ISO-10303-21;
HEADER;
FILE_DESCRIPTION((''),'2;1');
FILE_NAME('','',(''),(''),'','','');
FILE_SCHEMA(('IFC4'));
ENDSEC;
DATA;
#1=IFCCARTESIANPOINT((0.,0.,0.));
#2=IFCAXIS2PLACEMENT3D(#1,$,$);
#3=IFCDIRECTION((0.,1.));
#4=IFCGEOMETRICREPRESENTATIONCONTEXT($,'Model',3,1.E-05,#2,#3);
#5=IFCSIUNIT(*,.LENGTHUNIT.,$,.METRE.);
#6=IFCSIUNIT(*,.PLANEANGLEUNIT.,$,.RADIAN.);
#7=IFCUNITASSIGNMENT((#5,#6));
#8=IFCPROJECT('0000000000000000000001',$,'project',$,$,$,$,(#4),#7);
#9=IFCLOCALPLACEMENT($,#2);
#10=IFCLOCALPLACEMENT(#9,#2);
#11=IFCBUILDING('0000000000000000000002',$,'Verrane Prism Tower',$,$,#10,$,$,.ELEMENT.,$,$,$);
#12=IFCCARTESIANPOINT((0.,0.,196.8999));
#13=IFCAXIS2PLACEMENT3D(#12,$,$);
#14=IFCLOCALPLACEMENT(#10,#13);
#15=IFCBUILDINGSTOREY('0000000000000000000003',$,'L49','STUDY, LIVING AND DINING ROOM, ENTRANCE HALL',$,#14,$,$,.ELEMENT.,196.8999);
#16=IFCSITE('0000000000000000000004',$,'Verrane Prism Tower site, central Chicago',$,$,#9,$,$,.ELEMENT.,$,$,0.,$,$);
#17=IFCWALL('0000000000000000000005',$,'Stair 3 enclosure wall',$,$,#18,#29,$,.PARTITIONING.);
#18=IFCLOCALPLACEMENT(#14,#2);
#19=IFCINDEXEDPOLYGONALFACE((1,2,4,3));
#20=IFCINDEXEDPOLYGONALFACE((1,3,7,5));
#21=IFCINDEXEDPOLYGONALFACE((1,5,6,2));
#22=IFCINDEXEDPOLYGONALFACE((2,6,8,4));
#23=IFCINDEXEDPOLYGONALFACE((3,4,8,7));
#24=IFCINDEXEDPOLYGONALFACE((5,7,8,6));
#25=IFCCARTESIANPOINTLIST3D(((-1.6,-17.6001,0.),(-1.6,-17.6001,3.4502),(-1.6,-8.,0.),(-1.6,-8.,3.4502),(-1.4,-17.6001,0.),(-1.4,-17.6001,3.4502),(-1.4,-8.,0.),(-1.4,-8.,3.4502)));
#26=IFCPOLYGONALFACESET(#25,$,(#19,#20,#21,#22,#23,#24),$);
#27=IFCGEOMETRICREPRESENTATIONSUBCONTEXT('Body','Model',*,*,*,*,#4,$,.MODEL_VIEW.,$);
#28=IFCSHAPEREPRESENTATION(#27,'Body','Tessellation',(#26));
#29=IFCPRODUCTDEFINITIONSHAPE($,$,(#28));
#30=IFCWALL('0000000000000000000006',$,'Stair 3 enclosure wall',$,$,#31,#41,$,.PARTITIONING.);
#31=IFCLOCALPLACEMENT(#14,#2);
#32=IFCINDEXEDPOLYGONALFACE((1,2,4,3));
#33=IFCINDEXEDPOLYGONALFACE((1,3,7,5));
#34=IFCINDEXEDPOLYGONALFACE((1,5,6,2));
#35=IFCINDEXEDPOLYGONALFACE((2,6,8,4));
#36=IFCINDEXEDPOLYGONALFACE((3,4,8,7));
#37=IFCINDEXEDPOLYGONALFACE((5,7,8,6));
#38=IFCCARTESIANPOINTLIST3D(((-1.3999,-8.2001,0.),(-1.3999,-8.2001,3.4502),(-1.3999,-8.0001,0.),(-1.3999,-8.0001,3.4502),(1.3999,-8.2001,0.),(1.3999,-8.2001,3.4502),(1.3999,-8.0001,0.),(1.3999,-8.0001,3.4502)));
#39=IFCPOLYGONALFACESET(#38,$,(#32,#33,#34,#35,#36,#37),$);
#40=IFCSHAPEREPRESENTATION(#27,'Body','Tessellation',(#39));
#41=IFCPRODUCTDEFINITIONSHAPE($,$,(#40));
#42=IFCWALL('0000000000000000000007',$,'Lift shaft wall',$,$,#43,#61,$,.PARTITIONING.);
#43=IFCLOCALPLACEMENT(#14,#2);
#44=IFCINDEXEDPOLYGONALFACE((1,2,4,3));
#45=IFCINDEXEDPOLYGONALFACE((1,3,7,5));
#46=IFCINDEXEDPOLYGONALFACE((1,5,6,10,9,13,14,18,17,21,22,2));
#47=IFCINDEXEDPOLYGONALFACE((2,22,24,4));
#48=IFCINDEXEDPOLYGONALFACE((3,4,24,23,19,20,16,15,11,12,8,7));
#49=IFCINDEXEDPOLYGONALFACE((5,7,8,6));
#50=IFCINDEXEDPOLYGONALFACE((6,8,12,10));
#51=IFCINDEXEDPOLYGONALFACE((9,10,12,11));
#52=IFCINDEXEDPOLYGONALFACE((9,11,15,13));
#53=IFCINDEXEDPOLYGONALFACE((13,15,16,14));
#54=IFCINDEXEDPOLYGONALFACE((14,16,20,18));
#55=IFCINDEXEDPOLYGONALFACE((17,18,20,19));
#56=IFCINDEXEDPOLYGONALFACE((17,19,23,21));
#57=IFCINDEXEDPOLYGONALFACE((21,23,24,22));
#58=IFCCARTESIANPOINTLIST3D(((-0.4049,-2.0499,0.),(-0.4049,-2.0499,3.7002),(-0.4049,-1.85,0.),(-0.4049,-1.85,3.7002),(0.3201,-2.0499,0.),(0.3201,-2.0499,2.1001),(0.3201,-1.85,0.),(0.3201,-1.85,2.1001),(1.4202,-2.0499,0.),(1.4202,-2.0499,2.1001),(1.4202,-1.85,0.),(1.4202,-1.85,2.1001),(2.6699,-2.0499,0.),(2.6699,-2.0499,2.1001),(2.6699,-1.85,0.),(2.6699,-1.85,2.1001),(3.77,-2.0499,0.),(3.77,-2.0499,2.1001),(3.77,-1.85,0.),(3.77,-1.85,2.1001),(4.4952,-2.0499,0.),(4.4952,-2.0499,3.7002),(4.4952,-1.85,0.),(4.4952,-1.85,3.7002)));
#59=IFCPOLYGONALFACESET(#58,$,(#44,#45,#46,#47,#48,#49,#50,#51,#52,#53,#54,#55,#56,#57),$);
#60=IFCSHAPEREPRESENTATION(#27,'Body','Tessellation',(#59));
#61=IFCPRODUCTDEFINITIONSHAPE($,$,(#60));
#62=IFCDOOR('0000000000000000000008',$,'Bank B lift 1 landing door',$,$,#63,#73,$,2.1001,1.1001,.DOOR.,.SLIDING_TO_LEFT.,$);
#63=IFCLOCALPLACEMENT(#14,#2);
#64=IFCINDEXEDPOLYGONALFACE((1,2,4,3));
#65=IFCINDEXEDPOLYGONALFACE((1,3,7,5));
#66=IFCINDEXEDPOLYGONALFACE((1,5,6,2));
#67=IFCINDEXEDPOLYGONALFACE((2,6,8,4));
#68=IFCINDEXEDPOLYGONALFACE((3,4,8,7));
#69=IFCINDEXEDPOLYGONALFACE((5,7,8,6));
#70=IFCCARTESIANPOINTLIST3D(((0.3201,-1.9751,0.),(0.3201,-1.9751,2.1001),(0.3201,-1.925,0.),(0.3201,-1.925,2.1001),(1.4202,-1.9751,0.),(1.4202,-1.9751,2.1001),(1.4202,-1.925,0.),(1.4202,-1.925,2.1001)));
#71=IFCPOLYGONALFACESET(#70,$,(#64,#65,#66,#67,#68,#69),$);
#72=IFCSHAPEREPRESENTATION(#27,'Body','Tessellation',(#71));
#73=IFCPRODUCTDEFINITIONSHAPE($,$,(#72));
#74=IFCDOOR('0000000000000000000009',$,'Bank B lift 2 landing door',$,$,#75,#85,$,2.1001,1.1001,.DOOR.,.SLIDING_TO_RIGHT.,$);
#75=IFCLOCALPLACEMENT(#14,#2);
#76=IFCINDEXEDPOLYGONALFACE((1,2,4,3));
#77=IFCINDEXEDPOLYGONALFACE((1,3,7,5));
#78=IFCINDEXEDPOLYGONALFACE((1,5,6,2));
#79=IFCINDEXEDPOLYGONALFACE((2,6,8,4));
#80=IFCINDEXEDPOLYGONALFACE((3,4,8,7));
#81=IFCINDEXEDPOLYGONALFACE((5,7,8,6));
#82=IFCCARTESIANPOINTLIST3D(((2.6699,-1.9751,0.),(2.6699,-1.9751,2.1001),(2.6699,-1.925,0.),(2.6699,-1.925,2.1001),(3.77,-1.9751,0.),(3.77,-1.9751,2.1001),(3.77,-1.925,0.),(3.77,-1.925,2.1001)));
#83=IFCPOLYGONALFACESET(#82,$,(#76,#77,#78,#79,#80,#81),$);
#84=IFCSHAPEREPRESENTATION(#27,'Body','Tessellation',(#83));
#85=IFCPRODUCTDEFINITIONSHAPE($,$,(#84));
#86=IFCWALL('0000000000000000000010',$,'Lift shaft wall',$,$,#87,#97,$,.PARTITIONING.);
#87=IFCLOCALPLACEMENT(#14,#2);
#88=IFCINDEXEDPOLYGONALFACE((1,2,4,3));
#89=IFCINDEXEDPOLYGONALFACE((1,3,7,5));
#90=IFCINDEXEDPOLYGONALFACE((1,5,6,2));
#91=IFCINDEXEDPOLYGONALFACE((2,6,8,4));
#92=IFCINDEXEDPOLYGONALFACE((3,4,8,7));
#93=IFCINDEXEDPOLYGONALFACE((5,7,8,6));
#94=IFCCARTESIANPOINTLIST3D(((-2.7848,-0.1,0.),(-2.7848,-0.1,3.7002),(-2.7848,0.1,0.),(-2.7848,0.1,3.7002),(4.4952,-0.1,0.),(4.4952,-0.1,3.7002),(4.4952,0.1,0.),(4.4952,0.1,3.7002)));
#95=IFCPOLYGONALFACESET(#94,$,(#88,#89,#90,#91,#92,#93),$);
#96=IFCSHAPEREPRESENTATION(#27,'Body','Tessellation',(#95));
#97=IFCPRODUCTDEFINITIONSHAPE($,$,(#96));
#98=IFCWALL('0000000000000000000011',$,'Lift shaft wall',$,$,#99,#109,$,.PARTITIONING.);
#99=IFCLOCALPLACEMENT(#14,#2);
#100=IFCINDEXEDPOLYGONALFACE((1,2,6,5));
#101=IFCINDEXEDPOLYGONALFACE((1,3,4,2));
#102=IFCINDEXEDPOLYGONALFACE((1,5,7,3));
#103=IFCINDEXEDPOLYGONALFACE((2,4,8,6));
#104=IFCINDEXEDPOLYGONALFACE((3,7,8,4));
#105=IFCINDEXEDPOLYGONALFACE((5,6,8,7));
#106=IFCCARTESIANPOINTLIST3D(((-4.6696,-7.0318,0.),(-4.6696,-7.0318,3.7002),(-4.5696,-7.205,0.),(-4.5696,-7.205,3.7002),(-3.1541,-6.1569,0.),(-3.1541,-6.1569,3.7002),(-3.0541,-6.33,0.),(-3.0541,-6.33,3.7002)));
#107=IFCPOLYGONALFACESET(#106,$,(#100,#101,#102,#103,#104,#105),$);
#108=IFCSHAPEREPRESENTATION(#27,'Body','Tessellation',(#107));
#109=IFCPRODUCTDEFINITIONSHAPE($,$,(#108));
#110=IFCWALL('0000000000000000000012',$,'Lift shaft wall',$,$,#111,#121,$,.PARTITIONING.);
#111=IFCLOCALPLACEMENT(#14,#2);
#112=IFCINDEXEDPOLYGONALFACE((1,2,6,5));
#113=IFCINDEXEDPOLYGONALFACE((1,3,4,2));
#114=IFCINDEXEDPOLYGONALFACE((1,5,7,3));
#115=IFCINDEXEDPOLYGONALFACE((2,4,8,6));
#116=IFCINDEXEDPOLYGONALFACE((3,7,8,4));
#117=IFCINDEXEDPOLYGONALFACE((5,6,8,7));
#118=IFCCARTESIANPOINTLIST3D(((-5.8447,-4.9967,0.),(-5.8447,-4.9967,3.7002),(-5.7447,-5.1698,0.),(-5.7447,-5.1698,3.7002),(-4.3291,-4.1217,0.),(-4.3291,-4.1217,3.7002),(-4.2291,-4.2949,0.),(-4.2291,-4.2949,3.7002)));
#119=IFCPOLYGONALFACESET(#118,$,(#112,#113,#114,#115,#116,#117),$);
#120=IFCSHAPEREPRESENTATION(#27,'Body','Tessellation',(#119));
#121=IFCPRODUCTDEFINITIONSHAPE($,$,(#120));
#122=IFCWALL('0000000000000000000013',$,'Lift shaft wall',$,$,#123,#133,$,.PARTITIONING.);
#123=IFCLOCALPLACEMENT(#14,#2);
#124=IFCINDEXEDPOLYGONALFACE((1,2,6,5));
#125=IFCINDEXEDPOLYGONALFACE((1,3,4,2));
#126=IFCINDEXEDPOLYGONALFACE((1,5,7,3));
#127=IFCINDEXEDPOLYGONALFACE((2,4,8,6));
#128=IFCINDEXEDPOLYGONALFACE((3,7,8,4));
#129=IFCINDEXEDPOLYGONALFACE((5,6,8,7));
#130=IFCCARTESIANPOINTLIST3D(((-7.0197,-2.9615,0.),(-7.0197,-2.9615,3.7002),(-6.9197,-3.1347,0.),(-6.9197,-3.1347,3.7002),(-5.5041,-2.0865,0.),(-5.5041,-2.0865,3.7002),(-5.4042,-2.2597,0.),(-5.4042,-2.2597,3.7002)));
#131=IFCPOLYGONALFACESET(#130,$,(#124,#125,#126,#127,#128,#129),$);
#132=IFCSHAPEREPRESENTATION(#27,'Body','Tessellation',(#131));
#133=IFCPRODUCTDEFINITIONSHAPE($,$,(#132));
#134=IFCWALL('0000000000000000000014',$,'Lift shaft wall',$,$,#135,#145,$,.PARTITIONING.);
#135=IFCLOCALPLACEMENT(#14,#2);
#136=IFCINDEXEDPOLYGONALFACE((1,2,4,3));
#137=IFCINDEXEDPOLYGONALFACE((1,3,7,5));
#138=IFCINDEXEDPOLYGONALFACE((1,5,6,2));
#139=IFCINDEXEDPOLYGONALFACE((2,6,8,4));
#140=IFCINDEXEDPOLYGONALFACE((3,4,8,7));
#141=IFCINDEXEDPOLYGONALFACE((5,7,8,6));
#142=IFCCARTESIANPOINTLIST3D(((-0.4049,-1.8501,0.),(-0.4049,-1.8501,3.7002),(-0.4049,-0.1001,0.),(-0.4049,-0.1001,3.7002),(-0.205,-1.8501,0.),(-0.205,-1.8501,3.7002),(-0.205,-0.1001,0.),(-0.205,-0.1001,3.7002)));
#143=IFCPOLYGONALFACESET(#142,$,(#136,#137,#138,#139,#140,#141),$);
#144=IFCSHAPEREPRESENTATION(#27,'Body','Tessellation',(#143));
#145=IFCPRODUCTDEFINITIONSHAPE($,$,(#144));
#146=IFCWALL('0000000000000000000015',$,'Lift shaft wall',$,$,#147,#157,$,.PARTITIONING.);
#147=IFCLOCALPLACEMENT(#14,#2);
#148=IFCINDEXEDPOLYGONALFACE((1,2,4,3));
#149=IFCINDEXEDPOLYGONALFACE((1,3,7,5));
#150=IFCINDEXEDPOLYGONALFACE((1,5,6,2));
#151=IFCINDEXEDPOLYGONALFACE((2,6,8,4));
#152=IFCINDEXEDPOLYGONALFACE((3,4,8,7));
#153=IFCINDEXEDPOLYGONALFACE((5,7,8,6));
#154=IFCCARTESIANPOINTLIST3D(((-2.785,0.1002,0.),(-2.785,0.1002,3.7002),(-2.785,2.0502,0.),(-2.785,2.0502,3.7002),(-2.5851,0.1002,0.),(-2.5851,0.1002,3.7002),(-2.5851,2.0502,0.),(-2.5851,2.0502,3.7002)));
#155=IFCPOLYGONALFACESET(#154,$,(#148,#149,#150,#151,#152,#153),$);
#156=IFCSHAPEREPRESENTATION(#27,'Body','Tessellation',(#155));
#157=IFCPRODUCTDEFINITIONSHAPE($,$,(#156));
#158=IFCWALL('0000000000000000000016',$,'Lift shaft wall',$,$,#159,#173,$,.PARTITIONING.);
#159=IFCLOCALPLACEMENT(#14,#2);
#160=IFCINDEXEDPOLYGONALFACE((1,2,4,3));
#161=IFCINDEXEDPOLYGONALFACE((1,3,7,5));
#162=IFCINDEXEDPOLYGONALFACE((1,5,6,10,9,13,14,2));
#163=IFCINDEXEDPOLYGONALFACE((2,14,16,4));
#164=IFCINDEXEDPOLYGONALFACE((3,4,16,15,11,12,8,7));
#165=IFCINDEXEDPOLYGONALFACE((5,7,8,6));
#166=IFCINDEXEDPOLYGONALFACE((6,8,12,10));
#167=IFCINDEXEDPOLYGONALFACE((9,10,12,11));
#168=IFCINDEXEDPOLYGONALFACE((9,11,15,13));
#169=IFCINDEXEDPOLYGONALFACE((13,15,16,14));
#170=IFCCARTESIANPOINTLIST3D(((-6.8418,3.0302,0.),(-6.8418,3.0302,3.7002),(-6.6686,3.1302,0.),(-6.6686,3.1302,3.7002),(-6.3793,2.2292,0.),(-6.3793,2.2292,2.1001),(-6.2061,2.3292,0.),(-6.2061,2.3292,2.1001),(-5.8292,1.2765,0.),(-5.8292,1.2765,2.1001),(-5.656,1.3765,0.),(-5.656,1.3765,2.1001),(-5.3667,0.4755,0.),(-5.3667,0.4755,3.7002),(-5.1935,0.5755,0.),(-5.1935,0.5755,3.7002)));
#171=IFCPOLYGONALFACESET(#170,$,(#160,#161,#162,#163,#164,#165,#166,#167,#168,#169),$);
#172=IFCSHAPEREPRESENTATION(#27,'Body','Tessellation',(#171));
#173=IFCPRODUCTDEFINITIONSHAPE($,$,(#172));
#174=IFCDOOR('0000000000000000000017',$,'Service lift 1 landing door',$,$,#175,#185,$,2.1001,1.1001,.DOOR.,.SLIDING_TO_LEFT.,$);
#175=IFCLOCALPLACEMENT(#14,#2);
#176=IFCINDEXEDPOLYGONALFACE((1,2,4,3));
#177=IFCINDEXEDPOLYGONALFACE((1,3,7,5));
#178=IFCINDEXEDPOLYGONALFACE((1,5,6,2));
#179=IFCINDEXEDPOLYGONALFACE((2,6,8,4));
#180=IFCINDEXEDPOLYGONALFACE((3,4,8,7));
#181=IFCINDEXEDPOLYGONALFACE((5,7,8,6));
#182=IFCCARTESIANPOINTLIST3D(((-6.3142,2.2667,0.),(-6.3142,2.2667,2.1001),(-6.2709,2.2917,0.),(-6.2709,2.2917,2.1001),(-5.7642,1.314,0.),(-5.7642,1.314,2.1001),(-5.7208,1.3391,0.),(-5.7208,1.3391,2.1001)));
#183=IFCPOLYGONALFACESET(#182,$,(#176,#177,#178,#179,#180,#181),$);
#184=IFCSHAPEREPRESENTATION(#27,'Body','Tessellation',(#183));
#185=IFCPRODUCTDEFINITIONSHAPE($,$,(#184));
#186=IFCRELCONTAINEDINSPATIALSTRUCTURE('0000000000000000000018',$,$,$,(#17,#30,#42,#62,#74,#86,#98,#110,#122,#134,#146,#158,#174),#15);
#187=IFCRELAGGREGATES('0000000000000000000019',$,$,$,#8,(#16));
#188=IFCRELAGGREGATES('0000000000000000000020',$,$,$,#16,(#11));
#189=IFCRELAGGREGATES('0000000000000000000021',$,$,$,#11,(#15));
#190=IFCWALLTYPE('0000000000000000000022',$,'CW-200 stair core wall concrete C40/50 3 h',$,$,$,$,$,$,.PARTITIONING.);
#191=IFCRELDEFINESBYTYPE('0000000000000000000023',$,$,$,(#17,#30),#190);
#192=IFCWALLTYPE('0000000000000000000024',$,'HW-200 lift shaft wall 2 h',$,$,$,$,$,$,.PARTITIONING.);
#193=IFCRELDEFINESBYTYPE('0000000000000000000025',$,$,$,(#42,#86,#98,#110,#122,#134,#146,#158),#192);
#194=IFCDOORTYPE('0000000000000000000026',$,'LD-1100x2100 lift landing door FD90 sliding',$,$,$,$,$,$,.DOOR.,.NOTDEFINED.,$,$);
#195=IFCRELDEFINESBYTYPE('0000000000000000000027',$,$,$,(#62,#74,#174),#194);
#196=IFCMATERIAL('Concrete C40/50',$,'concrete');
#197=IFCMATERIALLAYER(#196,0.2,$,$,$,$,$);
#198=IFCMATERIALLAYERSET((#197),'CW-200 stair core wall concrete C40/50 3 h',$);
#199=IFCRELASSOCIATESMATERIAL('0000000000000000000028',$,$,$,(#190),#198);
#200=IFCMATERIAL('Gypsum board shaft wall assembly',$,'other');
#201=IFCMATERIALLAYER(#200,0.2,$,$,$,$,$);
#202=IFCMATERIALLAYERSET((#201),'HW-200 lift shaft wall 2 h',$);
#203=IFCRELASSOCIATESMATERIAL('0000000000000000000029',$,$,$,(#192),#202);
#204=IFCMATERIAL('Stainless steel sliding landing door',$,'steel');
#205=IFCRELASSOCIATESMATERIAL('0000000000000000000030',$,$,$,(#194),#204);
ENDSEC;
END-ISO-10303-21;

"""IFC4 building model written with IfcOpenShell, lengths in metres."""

from ifc_helpers import new_model, si_unit, direction, frame, frame_2d, origin, place, context, subcontext, project, spatial, rectangle, extrude, material, layer, layer_set, type_object, element, fill, save


model = new_model("IFC4")

# Units and contexts
model_context = context("Model", 3, precision=1e-05, world=origin(), true_north=direction((0.0, 1.0)))
body_context = subcontext(model_context, "Body", "Model", "MODEL_VIEW")
ifc_project = project(units=[si_unit("LENGTHUNIT", "METRE"), si_unit("PLANEANGLEUNIT", "RADIAN")], contexts=[model_context])

# Site, building, storey
site_placement = place(None, origin())
site = spatial("IfcSite", under=ifc_project, at=site_placement, Name="Verrane Prism Tower site, central Chicago", CompositionType="ELEMENT", RefElevation=0.0)
building_placement = place(site_placement, origin())
building = spatial("IfcBuilding", under=site, at=building_placement, Name="Verrane Prism Tower", CompositionType="ELEMENT")
storey_placement = place(building_placement, frame((0.0, 0.0, 196.8999)))
storey = spatial("IfcBuildingStorey", under=building, at=storey_placement, Name="L49", Description="STUDY, LIVING AND DINING ROOM, ENTRANCE HALL", CompositionType="ELEMENT", Elevation=196.8999)

# Walls
ifc_material_1 = material(Name="Concrete C40/50", Category="concrete")
ifc_layer_1 = layer(ifc_material_1, 0.2)
ifc_layer_set_1 = layer_set([ifc_layer_1], Name="CW-200 stair core wall concrete C40/50 3 h")
wall_type_1 = type_object("IfcWallType", Name="CW-200 stair core wall concrete C40/50 3 h", PredefinedType="PARTITIONING", material=ifc_layer_set_1)
wall_1_placement = place(storey_placement, frame((-1.5, -8.0, 0.0), z_axis=(0.0, 0.0, 1.0), x_axis=(0.0, -1.0, 0.0)))
element("IfcWall", 1, at=wall_1_placement, inside=storey, type_object=wall_type_1, Name="Stair 3 enclosure wall", PredefinedType="PARTITIONING", context=body_context, shape_type="SweptSolid", body=[
    extrude(rectangle(XDim=9.6001, YDim=0.2, at=frame_2d((4.8, 0.0))), origin(), (0.0, 0.0, 1.0), 3.4502),
])
wall_2_placement = place(storey_placement, frame((-1.3999, -8.1001, 0.0), z_axis=(0.0, 0.0, 1.0), x_axis=(1.0, 0.0, 0.0)))
element("IfcWall", 2, at=wall_2_placement, inside=storey, type_object=wall_type_1, Name="Stair 3 enclosure wall", PredefinedType="PARTITIONING", context=body_context, shape_type="SweptSolid", body=[
    extrude(rectangle(XDim=2.7998, YDim=0.2, at=frame_2d((1.3999, 0.0))), origin(), (0.0, 0.0, 1.0), 3.4502),
])

# Wall, openings, doors
ifc_material_2 = material(Name="Gypsum board shaft wall assembly", Category="other")
ifc_layer_2 = layer(ifc_material_2, 0.2)
ifc_layer_set_2 = layer_set([ifc_layer_2], Name="HW-200 lift shaft wall 2 h")
wall_type_2 = type_object("IfcWallType", Name="HW-200 lift shaft wall 2 h", PredefinedType="PARTITIONING", material=ifc_layer_set_2)
wall_3_placement = place(storey_placement, frame((-0.405, -1.95, 0.0), z_axis=(0.0, 0.0, 1.0), x_axis=(1.0, 0.0, 0.0)))
wall_3 = element("IfcWall", 3, at=wall_3_placement, inside=storey, type_object=wall_type_2, Name="Lift shaft wall", PredefinedType="PARTITIONING", context=body_context, shape_type="SweptSolid", body=[
    extrude(rectangle(XDim=4.9001, YDim=0.2, at=frame_2d((2.4502, 0.0))), origin(), (0.0, 0.0, 1.0), 3.7002),
])
opening_1_placement = place(wall_3_placement, frame((0.7251, 0.0, 0.0)))
opening_1 = element("IfcOpeningElement", 4, at=opening_1_placement, cuts=wall_3, PredefinedType="OPENING", context=body_context, shape_type="SweptSolid", body=[
    extrude(rectangle(XDim=1.1001, YDim=2.1001, at=frame_2d((0.55, 1.05))), frame((0.0, 0.1099, 0.0), z_axis=(0.0, -1.0, 0.0), x_axis=(1.0, 0.0, 0.0)), (0.0, 0.0, 1.0), 0.22),
])
opening_2_placement = place(wall_3_placement, frame((3.075, 0.0, 0.0)))
opening_2 = element("IfcOpeningElement", 5, at=opening_2_placement, cuts=wall_3, PredefinedType="OPENING", context=body_context, shape_type="SweptSolid", body=[
    extrude(rectangle(XDim=1.1001, YDim=2.1001, at=frame_2d((0.55, 1.05))), frame((0.0, 0.1099, 0.0), z_axis=(0.0, -1.0, 0.0), x_axis=(1.0, 0.0, 0.0)), (0.0, 0.0, 1.0), 0.22),
])
ifc_material_3 = material(Name="Stainless steel sliding landing door", Category="steel")
door_type_1 = type_object("IfcDoorType", Name="LD-1100x2100 lift landing door FD90 sliding", OperationType="NOTDEFINED", PredefinedType="DOOR", material=ifc_material_3)
door_1_placement = place(opening_1_placement, origin())
door_1 = element("IfcDoor", 6, at=door_1_placement, inside=storey, type_object=door_type_1, Name="Bank B lift 1 landing door", OperationType="SLIDING_TO_LEFT", OverallHeight=2.1001, OverallWidth=1.1001, PredefinedType="DOOR", context=body_context, shape_type="SweptSolid", body=[
    extrude(rectangle(XDim=1.1001, YDim=2.1001, at=frame_2d((0.55, 1.05))), frame((0.0, 0.0249, 0.0), z_axis=(0.0, -1.0, 0.0), x_axis=(1.0, 0.0, 0.0)), (0.0, 0.0, 1.0), 0.05),
])
fill(opening_1, door_1)
door_2_placement = place(opening_2_placement, origin())
door_2 = element("IfcDoor", 7, at=door_2_placement, inside=storey, type_object=door_type_1, Name="Bank B lift 2 landing door", OperationType="SLIDING_TO_RIGHT", OverallHeight=2.1001, OverallWidth=1.1001, PredefinedType="DOOR", context=body_context, shape_type="SweptSolid", body=[
    extrude(rectangle(XDim=1.1001, YDim=2.1001, at=frame_2d((0.55, 1.05))), frame((0.0, 0.0249, 0.0), z_axis=(0.0, -1.0, 0.0), x_axis=(1.0, 0.0, 0.0)), (0.0, 0.0, 1.0), 0.05),
])
fill(opening_2, door_2)

# Walls
wall_4_placement = place(storey_placement, frame((-2.7849, 0.0, 0.0), z_axis=(0.0, 0.0, 1.0), x_axis=(1.0, 0.0, 0.0)))
element("IfcWall", 8, at=wall_4_placement, inside=storey, type_object=wall_type_2, Name="Lift shaft wall", PredefinedType="PARTITIONING", context=body_context, shape_type="SweptSolid", body=[
    extrude(rectangle(XDim=7.28, YDim=0.2, at=frame_2d((3.6401, 0.0))), origin(), (0.0, 0.0, 1.0), 3.7002),
])
for number, where, z_axis, x_axis, name in (
    (9, (-4.6196, -7.1184, 0.0), (0.0, 0.0, 1.0), (0.866037, 0.49998, 0.0), "Lift shaft wall"),
    (10, (-5.7947, -5.0833, 0.0), (0.0, 0.0, 1.0), (0.866037, 0.49998, 0.0), "Lift shaft wall"),
    (11, (-6.9697, -3.0481, 0.0), (0.0, 0.0, 1.0), (0.866037, 0.49998, 0.0), "Lift shaft wall"),
    (12, (-0.3049, -1.8501, 0.0), (0.0, 0.0, 1.0), (0.0, 1.0, 0.0), "Lift shaft wall"),
):
    element("IfcWall", number, at=place(storey_placement, frame(where, z_axis=z_axis, x_axis=x_axis)), inside=storey, type_object=wall_type_2, Name=name, PredefinedType="PARTITIONING", context=body_context, shape_type="SweptSolid", body=[
        extrude(rectangle(XDim=1.75, YDim=0.2, at=frame_2d((0.875, 0.0))), origin(), (0.0, 0.0, 1.0), 3.7002),
    ])
wall_5_placement = place(storey_placement, frame((-2.6851, 0.1001, 0.0), z_axis=(0.0, 0.0, 1.0), x_axis=(0.0, 1.0, 0.0)))
element("IfcWall", 13, at=wall_5_placement, inside=storey, type_object=wall_type_2, Name="Lift shaft wall", PredefinedType="PARTITIONING", context=body_context, shape_type="SweptSolid", body=[
    extrude(rectangle(XDim=1.95, YDim=0.2, at=frame_2d((0.9751, 0.0))), origin(), (0.0, 0.0, 1.0), 3.7002),
])

# Wall, opening, door
wall_6_placement = place(storey_placement, frame((-5.28, 0.5254, 0.0), z_axis=(0.0, 0.0, 1.0), x_axis=(-0.500038, 0.866004, 0.0)))
wall_6 = element("IfcWall", 14, at=wall_6_placement, inside=storey, type_object=wall_type_2, Name="Lift shaft wall", PredefinedType="PARTITIONING", context=body_context, shape_type="SweptSolid", body=[
    extrude(rectangle(XDim=2.95, YDim=0.2, at=frame_2d((1.4751, 0.0))), origin(), (0.0, 0.0, 1.0), 3.7002),
])
opening_3_placement = place(wall_6_placement, frame((0.925, 0.0, 0.0)))
opening_3 = element("IfcOpeningElement", 15, at=opening_3_placement, cuts=wall_6, PredefinedType="OPENING", context=body_context, shape_type="SweptSolid", body=[
    extrude(rectangle(XDim=1.1001, YDim=2.1001, at=frame_2d((0.55, 1.05))), frame((0.0, 0.1099, 0.0), z_axis=(0.0, -1.0, 0.0), x_axis=(1.0, 0.0, 0.0)), (0.0, 0.0, 1.0), 0.22),
])
door_3_placement = place(opening_3_placement, origin())
door_3 = element("IfcDoor", 16, at=door_3_placement, inside=storey, type_object=door_type_1, Name="Service lift 1 landing door", OperationType="SLIDING_TO_LEFT", OverallHeight=2.1001, OverallWidth=1.1001, PredefinedType="DOOR", context=body_context, shape_type="SweptSolid", body=[
    extrude(rectangle(XDim=1.1001, YDim=2.1001, at=frame_2d((0.55, 1.05))), frame((0.0, 0.0249, 0.0), z_axis=(0.0, -1.0, 0.0), x_axis=(1.0, 0.0, 0.0)), (0.0, 0.0, 1.0), 0.05),
])
fill(opening_3, door_3)

save(model, "model.ifc")
